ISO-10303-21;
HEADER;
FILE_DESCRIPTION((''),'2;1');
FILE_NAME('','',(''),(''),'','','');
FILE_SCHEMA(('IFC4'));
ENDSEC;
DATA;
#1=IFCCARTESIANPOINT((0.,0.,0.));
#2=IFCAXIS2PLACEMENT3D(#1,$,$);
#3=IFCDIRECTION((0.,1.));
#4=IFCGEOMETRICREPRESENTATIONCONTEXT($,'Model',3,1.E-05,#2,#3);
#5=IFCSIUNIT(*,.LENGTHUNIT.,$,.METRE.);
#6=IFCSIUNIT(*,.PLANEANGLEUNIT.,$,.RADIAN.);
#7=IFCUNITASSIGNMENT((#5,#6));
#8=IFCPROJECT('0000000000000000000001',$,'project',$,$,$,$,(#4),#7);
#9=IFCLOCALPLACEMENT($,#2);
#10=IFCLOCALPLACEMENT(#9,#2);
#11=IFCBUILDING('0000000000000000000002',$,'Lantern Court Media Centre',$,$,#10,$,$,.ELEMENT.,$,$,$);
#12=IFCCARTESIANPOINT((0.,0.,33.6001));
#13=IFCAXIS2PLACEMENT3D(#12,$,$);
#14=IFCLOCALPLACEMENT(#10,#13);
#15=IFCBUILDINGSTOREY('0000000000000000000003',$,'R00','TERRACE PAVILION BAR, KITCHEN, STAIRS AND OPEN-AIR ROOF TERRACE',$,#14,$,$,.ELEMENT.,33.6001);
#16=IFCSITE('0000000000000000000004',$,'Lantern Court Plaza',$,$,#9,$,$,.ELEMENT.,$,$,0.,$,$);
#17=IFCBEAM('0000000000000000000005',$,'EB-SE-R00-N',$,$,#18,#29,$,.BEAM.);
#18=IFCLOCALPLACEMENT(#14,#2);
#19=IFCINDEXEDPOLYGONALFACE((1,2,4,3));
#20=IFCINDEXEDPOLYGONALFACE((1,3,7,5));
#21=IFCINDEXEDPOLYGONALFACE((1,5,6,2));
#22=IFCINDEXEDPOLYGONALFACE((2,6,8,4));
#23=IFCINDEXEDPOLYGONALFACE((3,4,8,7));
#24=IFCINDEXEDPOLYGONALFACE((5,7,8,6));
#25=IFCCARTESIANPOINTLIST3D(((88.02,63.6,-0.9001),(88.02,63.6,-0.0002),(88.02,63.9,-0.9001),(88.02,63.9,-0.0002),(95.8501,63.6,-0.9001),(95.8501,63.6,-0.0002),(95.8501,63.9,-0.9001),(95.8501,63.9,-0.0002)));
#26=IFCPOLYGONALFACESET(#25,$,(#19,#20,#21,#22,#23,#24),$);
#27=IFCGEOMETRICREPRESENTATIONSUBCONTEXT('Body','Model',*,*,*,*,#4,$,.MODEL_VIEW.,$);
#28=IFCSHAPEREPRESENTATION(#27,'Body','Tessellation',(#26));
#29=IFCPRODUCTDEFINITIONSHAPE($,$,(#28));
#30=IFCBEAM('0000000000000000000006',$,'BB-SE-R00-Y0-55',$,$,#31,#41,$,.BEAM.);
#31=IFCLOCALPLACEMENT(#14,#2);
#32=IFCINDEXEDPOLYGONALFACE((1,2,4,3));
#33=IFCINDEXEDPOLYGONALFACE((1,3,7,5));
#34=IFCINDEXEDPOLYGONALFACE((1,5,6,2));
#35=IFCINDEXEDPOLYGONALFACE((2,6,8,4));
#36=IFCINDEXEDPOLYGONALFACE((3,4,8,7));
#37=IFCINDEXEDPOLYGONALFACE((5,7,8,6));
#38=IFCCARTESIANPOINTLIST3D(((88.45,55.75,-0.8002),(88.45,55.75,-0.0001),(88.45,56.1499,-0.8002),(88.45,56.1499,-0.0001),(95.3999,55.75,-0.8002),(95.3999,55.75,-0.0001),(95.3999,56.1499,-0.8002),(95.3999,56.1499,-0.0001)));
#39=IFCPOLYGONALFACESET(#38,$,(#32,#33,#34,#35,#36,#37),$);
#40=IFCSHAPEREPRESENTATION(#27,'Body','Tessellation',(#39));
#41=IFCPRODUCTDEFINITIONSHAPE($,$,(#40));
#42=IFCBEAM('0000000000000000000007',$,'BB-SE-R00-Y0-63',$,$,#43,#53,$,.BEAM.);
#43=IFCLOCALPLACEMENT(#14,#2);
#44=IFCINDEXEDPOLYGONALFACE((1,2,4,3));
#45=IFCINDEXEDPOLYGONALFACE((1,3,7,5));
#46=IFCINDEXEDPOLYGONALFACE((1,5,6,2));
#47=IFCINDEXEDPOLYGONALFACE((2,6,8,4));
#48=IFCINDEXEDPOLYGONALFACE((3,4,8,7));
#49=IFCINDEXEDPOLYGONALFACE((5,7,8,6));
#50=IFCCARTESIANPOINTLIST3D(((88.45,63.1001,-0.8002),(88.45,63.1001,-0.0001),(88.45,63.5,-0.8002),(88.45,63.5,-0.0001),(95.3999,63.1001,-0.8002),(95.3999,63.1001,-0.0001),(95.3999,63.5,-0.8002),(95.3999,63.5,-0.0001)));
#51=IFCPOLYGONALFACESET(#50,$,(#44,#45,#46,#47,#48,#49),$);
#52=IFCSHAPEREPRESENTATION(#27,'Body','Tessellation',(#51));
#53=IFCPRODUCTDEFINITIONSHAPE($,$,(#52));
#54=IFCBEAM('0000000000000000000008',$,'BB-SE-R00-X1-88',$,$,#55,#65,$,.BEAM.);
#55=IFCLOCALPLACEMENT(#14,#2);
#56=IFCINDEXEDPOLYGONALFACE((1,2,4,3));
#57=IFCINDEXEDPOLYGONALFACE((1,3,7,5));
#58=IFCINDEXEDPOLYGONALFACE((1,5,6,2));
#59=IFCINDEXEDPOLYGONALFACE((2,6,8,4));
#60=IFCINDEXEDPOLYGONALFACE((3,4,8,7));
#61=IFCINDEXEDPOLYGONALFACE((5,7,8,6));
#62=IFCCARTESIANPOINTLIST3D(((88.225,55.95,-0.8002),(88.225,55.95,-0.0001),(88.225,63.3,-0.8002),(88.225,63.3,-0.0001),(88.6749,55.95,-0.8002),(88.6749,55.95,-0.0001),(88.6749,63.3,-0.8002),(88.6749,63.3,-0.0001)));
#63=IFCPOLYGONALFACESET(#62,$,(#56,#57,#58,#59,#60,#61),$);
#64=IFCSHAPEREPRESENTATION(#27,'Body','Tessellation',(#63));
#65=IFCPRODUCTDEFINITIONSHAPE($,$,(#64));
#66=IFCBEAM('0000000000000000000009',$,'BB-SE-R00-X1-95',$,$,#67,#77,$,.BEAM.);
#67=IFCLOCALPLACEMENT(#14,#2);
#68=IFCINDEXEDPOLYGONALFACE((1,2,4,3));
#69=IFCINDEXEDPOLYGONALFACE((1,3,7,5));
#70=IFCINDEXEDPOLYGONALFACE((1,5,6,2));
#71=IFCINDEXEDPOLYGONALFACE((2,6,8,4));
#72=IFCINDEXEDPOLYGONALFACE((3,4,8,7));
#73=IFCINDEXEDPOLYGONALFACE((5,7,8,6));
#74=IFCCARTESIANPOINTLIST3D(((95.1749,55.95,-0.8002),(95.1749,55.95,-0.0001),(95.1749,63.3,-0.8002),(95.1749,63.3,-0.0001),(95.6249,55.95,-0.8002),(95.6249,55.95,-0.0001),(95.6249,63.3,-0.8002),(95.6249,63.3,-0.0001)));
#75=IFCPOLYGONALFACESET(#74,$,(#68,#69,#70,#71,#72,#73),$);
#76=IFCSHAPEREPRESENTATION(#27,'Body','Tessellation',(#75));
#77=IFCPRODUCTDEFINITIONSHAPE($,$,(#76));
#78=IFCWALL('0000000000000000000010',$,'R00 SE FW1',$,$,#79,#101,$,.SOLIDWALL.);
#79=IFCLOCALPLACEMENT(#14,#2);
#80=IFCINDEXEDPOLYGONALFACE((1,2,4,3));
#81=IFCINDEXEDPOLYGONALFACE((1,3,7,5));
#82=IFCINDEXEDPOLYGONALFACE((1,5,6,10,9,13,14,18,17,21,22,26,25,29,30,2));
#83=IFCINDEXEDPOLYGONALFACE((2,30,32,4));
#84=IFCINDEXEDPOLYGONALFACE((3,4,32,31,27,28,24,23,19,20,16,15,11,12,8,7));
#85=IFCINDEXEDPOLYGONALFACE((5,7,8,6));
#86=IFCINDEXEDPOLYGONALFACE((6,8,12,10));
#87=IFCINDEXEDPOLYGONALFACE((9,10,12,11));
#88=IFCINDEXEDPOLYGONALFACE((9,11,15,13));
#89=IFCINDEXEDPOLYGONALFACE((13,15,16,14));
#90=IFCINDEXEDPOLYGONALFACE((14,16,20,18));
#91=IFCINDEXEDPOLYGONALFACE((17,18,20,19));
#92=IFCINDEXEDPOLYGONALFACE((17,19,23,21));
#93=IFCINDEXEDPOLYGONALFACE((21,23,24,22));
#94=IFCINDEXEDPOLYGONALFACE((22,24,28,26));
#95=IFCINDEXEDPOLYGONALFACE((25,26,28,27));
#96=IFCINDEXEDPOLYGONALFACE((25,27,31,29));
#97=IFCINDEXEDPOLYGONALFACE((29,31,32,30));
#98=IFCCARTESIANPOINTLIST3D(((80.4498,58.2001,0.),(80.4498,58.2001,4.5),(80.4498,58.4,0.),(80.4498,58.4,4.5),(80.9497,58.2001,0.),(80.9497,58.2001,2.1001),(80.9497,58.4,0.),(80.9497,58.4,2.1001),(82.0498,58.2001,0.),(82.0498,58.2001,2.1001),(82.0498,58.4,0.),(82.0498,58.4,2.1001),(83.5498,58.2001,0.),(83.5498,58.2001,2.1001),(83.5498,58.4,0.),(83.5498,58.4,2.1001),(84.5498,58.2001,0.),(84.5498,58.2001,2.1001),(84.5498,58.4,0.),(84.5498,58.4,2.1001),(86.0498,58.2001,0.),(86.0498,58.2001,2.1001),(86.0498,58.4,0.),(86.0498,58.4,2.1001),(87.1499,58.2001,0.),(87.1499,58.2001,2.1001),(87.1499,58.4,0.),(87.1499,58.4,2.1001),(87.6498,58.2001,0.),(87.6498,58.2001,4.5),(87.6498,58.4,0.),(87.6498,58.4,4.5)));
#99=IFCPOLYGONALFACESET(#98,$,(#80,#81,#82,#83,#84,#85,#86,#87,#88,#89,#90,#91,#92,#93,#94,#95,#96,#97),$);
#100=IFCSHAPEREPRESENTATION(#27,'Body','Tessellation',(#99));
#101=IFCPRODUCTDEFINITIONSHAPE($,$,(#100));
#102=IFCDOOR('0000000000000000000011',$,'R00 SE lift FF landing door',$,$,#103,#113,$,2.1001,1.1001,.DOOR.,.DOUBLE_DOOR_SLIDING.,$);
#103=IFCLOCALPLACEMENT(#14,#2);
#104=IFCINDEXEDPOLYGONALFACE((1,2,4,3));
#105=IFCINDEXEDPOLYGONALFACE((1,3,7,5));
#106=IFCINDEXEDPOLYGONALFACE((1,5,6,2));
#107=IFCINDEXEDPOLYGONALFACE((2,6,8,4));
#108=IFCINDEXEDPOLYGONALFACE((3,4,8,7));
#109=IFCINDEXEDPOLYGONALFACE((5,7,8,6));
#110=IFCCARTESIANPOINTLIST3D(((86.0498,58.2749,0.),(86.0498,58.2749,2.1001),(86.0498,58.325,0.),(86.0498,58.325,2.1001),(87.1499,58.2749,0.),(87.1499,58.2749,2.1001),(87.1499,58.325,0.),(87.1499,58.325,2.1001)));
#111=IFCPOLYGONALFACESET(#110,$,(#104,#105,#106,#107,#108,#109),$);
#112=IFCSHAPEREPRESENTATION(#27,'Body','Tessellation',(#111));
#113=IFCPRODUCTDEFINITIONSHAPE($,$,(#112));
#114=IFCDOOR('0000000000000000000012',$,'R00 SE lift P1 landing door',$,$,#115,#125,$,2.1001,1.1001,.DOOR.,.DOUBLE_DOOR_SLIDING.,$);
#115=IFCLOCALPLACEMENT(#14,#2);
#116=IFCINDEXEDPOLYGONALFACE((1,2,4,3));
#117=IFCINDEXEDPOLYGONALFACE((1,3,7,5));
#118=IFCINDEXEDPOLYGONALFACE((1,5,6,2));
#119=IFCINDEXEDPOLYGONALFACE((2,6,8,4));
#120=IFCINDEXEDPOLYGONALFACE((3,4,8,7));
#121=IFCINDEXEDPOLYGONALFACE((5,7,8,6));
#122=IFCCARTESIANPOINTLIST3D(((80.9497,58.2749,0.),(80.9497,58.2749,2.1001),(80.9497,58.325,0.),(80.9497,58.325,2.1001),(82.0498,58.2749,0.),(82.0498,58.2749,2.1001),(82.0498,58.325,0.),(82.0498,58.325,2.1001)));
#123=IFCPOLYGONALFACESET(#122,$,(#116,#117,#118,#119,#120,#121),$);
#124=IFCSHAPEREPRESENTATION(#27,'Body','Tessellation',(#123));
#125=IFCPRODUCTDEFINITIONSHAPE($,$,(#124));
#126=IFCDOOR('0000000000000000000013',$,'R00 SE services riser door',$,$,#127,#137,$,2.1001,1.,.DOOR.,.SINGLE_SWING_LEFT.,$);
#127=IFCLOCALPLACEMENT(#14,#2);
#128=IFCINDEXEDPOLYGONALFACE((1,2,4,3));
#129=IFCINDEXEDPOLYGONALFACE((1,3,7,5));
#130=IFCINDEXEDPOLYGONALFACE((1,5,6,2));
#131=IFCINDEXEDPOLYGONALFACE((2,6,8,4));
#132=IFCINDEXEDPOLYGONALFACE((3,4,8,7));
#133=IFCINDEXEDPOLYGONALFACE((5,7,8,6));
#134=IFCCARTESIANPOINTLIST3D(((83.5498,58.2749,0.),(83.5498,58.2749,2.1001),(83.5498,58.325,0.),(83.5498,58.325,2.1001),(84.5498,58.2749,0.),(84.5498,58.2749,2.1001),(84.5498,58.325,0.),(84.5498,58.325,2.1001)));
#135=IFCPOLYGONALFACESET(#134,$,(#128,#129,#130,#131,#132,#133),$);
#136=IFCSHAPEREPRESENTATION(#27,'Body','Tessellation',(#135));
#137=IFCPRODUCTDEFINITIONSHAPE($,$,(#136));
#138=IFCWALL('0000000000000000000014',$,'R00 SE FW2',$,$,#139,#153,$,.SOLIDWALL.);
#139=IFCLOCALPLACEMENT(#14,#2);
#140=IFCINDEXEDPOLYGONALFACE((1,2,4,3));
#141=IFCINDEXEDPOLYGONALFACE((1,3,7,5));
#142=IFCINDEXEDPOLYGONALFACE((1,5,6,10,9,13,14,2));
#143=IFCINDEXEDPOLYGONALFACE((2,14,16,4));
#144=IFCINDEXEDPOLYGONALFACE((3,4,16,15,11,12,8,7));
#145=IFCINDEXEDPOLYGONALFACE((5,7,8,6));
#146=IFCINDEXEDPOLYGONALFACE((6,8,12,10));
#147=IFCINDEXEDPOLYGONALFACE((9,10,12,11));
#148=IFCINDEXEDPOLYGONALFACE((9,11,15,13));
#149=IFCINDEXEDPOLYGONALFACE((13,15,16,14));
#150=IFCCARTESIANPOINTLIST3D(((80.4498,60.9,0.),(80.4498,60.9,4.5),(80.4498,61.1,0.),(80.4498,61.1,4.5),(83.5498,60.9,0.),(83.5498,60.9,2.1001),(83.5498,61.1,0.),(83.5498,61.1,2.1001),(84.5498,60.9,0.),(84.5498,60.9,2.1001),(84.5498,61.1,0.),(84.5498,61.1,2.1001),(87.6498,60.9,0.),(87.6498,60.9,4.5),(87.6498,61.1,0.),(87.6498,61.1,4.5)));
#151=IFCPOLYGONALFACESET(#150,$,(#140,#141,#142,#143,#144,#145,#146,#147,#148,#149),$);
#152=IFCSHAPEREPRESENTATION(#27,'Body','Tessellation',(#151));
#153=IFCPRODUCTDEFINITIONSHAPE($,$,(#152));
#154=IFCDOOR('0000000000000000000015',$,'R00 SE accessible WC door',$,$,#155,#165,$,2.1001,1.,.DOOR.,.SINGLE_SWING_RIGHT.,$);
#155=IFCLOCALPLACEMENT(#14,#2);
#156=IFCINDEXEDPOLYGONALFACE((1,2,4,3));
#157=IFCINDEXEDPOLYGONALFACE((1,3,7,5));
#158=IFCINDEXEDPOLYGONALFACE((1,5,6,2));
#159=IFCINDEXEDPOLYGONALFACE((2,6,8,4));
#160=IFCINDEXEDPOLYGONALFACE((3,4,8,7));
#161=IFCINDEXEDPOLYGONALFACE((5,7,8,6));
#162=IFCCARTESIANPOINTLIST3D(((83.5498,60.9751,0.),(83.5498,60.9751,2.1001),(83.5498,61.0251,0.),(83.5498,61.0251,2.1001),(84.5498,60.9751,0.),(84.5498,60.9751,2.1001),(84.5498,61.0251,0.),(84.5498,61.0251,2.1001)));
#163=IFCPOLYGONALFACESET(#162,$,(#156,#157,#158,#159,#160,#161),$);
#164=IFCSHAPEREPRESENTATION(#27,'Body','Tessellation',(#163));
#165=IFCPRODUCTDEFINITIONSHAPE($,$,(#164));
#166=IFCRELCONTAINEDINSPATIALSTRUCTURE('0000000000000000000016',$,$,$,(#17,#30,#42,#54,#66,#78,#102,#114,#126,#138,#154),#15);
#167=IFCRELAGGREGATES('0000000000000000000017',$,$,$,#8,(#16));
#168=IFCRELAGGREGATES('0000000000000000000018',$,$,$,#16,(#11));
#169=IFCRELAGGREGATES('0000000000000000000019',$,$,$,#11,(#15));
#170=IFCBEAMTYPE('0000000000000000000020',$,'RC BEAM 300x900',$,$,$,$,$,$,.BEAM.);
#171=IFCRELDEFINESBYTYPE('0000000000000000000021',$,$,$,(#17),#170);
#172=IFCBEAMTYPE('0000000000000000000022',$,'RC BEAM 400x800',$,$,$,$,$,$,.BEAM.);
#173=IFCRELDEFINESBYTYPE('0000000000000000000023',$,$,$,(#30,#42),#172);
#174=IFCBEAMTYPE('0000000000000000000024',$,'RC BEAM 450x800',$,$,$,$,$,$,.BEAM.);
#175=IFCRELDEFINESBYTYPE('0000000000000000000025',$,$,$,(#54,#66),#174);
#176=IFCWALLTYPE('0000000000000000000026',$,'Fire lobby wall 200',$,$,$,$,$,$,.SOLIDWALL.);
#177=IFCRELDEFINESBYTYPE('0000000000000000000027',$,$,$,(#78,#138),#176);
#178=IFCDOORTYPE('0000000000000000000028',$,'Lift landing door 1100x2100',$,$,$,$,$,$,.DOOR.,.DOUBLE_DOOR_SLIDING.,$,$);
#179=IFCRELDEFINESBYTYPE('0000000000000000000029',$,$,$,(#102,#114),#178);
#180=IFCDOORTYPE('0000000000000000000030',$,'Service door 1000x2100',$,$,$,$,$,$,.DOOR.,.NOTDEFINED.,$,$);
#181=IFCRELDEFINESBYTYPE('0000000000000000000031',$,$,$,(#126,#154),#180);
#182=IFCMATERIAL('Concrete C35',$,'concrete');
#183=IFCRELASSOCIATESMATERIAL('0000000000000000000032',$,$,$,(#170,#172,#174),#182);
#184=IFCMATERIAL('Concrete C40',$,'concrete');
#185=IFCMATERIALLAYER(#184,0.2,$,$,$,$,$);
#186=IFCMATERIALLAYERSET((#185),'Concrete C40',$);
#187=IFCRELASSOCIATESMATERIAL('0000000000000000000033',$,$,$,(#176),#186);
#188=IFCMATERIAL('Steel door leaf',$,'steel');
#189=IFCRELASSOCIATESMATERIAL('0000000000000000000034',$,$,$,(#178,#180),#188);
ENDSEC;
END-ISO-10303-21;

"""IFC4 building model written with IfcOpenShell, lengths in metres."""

from ifc_helpers import new_model, si_unit, direction, frame, frame_2d, origin, origin_2d, place, context, subcontext, project, spatial, rectangle, extrude, material, layer, layer_set, material_profile, profile_set, type_object, element, fill, save


model = new_model("IFC4")

# Units and contexts
model_context = context("Model", 3, precision=1e-05, world=origin(), true_north=direction((0.0, 1.0)))
body_context = subcontext(model_context, "Body", "Model", "MODEL_VIEW")
ifc_project = project(units=[si_unit("LENGTHUNIT", "METRE"), si_unit("PLANEANGLEUNIT", "RADIAN")], contexts=[model_context])

# Site, building, storey
site_placement = place(None, origin())
site = spatial("IfcSite", under=ifc_project, at=site_placement, Name="Lantern Court Plaza", CompositionType="ELEMENT", RefElevation=0.0)
building_placement = place(site_placement, origin())
building = spatial("IfcBuilding", under=site, at=building_placement, Name="Lantern Court Media Centre", CompositionType="ELEMENT")
storey_placement = place(building_placement, frame((0.0, 0.0, 33.6001)))
storey = spatial("IfcBuildingStorey", under=building, at=storey_placement, Name="R00", Description="TERRACE PAVILION BAR, KITCHEN, STAIRS AND OPEN-AIR ROOF TERRACE", CompositionType="ELEMENT", Elevation=33.6001)

# Beams
ifc_material_1 = material(Name="Concrete C35", Category="concrete")
ifc_material_profile_1 = material_profile(ifc_material_1, rectangle(XDim=0.3, YDim=0.8999, at=origin_2d()), Name="RC 300x900")
ifc_profile_set_1 = profile_set([ifc_material_profile_1], Name="Concrete C35")
beam_type_1 = type_object("IfcBeamType", Name="RC BEAM 300x900", PredefinedType="BEAM", material=ifc_profile_set_1)
beam_placement = place(storey_placement, frame((88.02, 63.75, -0.4502), z_axis=(1.0, 0.0, 0.0), x_axis=(0.0, 1.0, 0.0)))
element("IfcBeam", 1, at=beam_placement, inside=storey, type_object=beam_type_1, Name="EB-SE-R00-N", PredefinedType="BEAM", context=body_context, shape_type="SweptSolid", body=[
    extrude(rectangle(XDim=0.3, YDim=0.8999, at=origin_2d()), origin(), (0.0, 0.0, 1.0), 7.8301),
])
ifc_material_profile_2 = material_profile(ifc_material_1, rectangle(XDim=0.3999, YDim=0.8, at=origin_2d()), Name="RC 400x800")
ifc_profile_set_2 = profile_set([ifc_material_profile_2], Name="Concrete C35")
beam_type_2 = type_object("IfcBeamType", Name="RC BEAM 400x800", PredefinedType="BEAM", material=ifc_profile_set_2)
for number, where, z_axis, x_axis, name in (
    (2, (88.45, 55.95, -0.4001), (1.0, 0.0, 0.0), (0.0, 1.0, 0.0), "BB-SE-R00-Y0-55"),
    (3, (88.45, 63.3, -0.4001), (1.0, 0.0, 0.0), (0.0, 1.0, 0.0), "BB-SE-R00-Y0-63"),
):
    element("IfcBeam", number, at=place(storey_placement, frame(where, z_axis=z_axis, x_axis=x_axis)), inside=storey, type_object=beam_type_2, Name=name, PredefinedType="BEAM", context=body_context, shape_type="SweptSolid", body=[
        extrude(rectangle(XDim=0.3999, YDim=0.8, at=origin_2d()), origin(), (0.0, 0.0, 1.0), 6.95),
    ])
ifc_material_profile_3 = material_profile(ifc_material_1, rectangle(XDim=0.45, YDim=0.8, at=origin_2d()), Name="RC 450x800")
ifc_profile_set_3 = profile_set([ifc_material_profile_3], Name="Concrete C35")
beam_type_3 = type_object("IfcBeamType", Name="RC BEAM 450x800", PredefinedType="BEAM", material=ifc_profile_set_3)
for number, where, z_axis, x_axis, name in (
    (4, (88.45, 55.95, -0.4001), (0.0, 1.0, 0.0), (-1.0, 0.0, 0.0), "BB-SE-R00-X1-88"),
    (5, (95.3999, 55.95, -0.4001), (0.0, 1.0, 0.0), (-1.0, 0.0, 0.0), "BB-SE-R00-X1-95"),
):
    element("IfcBeam", number, at=place(storey_placement, frame(where, z_axis=z_axis, x_axis=x_axis)), inside=storey, type_object=beam_type_3, Name=name, PredefinedType="BEAM", context=body_context, shape_type="SweptSolid", body=[
        extrude(rectangle(XDim=0.45, YDim=0.8, at=origin_2d()), origin(), (0.0, 0.0, 1.0), 7.3501),
    ])

# Wall, openings, doors
ifc_material_2 = material(Name="Concrete C40", Category="concrete")
ifc_layer_1 = layer(ifc_material_2, 0.2)
ifc_layer_set_1 = layer_set([ifc_layer_1], Name="Concrete C40")
wall_type_1 = type_object("IfcWallType", Name="Fire lobby wall 200", PredefinedType="SOLIDWALL", material=ifc_layer_set_1)
wall_1_placement = place(storey_placement, frame((87.6499, 58.3, 0.0), z_axis=(0.0, 0.0, 1.0), x_axis=(-1.0, 0.0, 0.0)))
wall_1 = element("IfcWall", 6, at=wall_1_placement, inside=storey, type_object=wall_type_1, Name="R00 SE FW1", PredefinedType="SOLIDWALL", context=body_context, shape_type="SweptSolid", body=[
    extrude(rectangle(XDim=7.2, YDim=0.2, at=frame_2d((3.6001, 0.0))), origin(), (0.0, 0.0, 1.0), 4.5),
])
opening_1_placement = place(wall_1_placement, frame((0.5, 0.0, 0.0)))
opening_1 = element("IfcOpeningElement", 7, at=opening_1_placement, cuts=wall_1, PredefinedType="OPENING", context=body_context, shape_type="SweptSolid", body=[
    extrude(rectangle(XDim=1.1001, YDim=2.1001, at=frame_2d((0.55, 1.05))), frame((0.0, 0.1099, 0.0), z_axis=(0.0, -1.0, 0.0), x_axis=(1.0, 0.0, 0.0)), (0.0, 0.0, 1.0), 0.22),
])
opening_2_placement = place(wall_1_placement, frame((5.6001, 0.0, 0.0)))
opening_2 = element("IfcOpeningElement", 8, at=opening_2_placement, cuts=wall_1, PredefinedType="OPENING", context=body_context, shape_type="SweptSolid", body=[
    extrude(rectangle(XDim=1.1001, YDim=2.1001, at=frame_2d((0.55, 1.05))), frame((0.0, 0.1099, 0.0), z_axis=(0.0, -1.0, 0.0), x_axis=(1.0, 0.0, 0.0)), (0.0, 0.0, 1.0), 0.22),
])
opening_3_placement = place(wall_1_placement, frame((3.1001, 0.0, 0.0)))
opening_3 = element("IfcOpeningElement", 9, at=opening_3_placement, cuts=wall_1, PredefinedType="OPENING", context=body_context, shape_type="SweptSolid", body=[
    extrude(rectangle(XDim=1.0, YDim=2.1001, at=frame_2d((0.5, 1.05))), frame((0.0, 0.1099, 0.0), z_axis=(0.0, -1.0, 0.0), x_axis=(1.0, 0.0, 0.0)), (0.0, 0.0, 1.0), 0.22),
])
ifc_material_3 = material(Name="Steel door leaf", Category="steel")
door_type_1 = type_object("IfcDoorType", Name="Lift landing door 1100x2100", OperationType="DOUBLE_DOOR_SLIDING", PredefinedType="DOOR", material=ifc_material_3)
door_1_placement = place(opening_1_placement, frame((1.1001, 0.0, 0.0), z_axis=(0.0, 0.0, 1.0), x_axis=(-1.0, 0.0, 0.0)))
door_1 = element("IfcDoor", 10, at=door_1_placement, inside=storey, type_object=door_type_1, Name="R00 SE lift FF landing door", OperationType="DOUBLE_DOOR_SLIDING", OverallHeight=2.1001, OverallWidth=1.1001, PredefinedType="DOOR", context=body_context, shape_type="SweptSolid", body=[
    extrude(rectangle(XDim=1.1001, YDim=2.1001, at=frame_2d((0.55, 1.05))), frame((0.0, 0.0249, 0.0), z_axis=(0.0, -1.0, 0.0), x_axis=(1.0, 0.0, 0.0)), (0.0, 0.0, 1.0), 0.05),
])
fill(opening_1, door_1)
door_2_placement = place(opening_2_placement, frame((1.1001, 0.0, 0.0), z_axis=(0.0, 0.0, 1.0), x_axis=(-1.0, 0.0, 0.0)))
door_2 = element("IfcDoor", 11, at=door_2_placement, inside=storey, type_object=door_type_1, Name="R00 SE lift P1 landing door", OperationType="DOUBLE_DOOR_SLIDING", OverallHeight=2.1001, OverallWidth=1.1001, PredefinedType="DOOR", context=body_context, shape_type="SweptSolid", body=[
    extrude(rectangle(XDim=1.1001, YDim=2.1001, at=frame_2d((0.55, 1.05))), frame((0.0, 0.0249, 0.0), z_axis=(0.0, -1.0, 0.0), x_axis=(1.0, 0.0, 0.0)), (0.0, 0.0, 1.0), 0.05),
])
fill(opening_2, door_2)
door_type_2 = type_object("IfcDoorType", Name="Service door 1000x2100", OperationType="NOTDEFINED", PredefinedType="DOOR", material=ifc_material_3)
door_3_placement = place(opening_3_placement, frame((1.0, 0.0, 0.0), z_axis=(0.0, 0.0, 1.0), x_axis=(-1.0, 0.0, 0.0)))
door_3 = element("IfcDoor", 12, at=door_3_placement, inside=storey, type_object=door_type_2, Name="R00 SE services riser door", OperationType="SINGLE_SWING_LEFT", OverallHeight=2.1001, OverallWidth=1.0, PredefinedType="DOOR", context=body_context, shape_type="SweptSolid", body=[
    extrude(rectangle(XDim=1.0, YDim=2.1001, at=frame_2d((0.5, 1.05))), frame((0.0, 0.0249, 0.0), z_axis=(0.0, -1.0, 0.0), x_axis=(1.0, 0.0, 0.0)), (0.0, 0.0, 1.0), 0.05),
])
fill(opening_3, door_3)

# Wall, opening, door
wall_2_placement = place(storey_placement, frame((87.6499, 61.0, 0.0), z_axis=(0.0, 0.0, 1.0), x_axis=(-1.0, 0.0, 0.0)))
wall_2 = element("IfcWall", 13, at=wall_2_placement, inside=storey, type_object=wall_type_1, Name="R00 SE FW2", PredefinedType="SOLIDWALL", context=body_context, shape_type="SweptSolid", body=[
    extrude(rectangle(XDim=7.2, YDim=0.2, at=frame_2d((3.6001, 0.0))), origin(), (0.0, 0.0, 1.0), 4.5),
])
opening_4_placement = place(wall_2_placement, frame((3.1001, 0.0, 0.0)))
opening_4 = element("IfcOpeningElement", 14, at=opening_4_placement, cuts=wall_2, PredefinedType="OPENING", context=body_context, shape_type="SweptSolid", body=[
    extrude(rectangle(XDim=1.0, YDim=2.1001, at=frame_2d((0.5, 1.05))), frame((0.0, 0.1099, 0.0), z_axis=(0.0, -1.0, 0.0), x_axis=(1.0, 0.0, 0.0)), (0.0, 0.0, 1.0), 0.22),
])
door_4_placement = place(opening_4_placement, origin())
door_4 = element("IfcDoor", 15, at=door_4_placement, inside=storey, type_object=door_type_2, Name="R00 SE accessible WC door", OperationType="SINGLE_SWING_RIGHT", OverallHeight=2.1001, OverallWidth=1.0, PredefinedType="DOOR", context=body_context, shape_type="SweptSolid", body=[
    extrude(rectangle(XDim=1.0, YDim=2.1001, at=frame_2d((0.5, 1.05))), frame((0.0, 0.0249, 0.0), z_axis=(0.0, -1.0, 0.0), x_axis=(1.0, 0.0, 0.0)), (0.0, 0.0, 1.0), 0.05),
])
fill(opening_4, door_4)

save(model, "model.ifc")
